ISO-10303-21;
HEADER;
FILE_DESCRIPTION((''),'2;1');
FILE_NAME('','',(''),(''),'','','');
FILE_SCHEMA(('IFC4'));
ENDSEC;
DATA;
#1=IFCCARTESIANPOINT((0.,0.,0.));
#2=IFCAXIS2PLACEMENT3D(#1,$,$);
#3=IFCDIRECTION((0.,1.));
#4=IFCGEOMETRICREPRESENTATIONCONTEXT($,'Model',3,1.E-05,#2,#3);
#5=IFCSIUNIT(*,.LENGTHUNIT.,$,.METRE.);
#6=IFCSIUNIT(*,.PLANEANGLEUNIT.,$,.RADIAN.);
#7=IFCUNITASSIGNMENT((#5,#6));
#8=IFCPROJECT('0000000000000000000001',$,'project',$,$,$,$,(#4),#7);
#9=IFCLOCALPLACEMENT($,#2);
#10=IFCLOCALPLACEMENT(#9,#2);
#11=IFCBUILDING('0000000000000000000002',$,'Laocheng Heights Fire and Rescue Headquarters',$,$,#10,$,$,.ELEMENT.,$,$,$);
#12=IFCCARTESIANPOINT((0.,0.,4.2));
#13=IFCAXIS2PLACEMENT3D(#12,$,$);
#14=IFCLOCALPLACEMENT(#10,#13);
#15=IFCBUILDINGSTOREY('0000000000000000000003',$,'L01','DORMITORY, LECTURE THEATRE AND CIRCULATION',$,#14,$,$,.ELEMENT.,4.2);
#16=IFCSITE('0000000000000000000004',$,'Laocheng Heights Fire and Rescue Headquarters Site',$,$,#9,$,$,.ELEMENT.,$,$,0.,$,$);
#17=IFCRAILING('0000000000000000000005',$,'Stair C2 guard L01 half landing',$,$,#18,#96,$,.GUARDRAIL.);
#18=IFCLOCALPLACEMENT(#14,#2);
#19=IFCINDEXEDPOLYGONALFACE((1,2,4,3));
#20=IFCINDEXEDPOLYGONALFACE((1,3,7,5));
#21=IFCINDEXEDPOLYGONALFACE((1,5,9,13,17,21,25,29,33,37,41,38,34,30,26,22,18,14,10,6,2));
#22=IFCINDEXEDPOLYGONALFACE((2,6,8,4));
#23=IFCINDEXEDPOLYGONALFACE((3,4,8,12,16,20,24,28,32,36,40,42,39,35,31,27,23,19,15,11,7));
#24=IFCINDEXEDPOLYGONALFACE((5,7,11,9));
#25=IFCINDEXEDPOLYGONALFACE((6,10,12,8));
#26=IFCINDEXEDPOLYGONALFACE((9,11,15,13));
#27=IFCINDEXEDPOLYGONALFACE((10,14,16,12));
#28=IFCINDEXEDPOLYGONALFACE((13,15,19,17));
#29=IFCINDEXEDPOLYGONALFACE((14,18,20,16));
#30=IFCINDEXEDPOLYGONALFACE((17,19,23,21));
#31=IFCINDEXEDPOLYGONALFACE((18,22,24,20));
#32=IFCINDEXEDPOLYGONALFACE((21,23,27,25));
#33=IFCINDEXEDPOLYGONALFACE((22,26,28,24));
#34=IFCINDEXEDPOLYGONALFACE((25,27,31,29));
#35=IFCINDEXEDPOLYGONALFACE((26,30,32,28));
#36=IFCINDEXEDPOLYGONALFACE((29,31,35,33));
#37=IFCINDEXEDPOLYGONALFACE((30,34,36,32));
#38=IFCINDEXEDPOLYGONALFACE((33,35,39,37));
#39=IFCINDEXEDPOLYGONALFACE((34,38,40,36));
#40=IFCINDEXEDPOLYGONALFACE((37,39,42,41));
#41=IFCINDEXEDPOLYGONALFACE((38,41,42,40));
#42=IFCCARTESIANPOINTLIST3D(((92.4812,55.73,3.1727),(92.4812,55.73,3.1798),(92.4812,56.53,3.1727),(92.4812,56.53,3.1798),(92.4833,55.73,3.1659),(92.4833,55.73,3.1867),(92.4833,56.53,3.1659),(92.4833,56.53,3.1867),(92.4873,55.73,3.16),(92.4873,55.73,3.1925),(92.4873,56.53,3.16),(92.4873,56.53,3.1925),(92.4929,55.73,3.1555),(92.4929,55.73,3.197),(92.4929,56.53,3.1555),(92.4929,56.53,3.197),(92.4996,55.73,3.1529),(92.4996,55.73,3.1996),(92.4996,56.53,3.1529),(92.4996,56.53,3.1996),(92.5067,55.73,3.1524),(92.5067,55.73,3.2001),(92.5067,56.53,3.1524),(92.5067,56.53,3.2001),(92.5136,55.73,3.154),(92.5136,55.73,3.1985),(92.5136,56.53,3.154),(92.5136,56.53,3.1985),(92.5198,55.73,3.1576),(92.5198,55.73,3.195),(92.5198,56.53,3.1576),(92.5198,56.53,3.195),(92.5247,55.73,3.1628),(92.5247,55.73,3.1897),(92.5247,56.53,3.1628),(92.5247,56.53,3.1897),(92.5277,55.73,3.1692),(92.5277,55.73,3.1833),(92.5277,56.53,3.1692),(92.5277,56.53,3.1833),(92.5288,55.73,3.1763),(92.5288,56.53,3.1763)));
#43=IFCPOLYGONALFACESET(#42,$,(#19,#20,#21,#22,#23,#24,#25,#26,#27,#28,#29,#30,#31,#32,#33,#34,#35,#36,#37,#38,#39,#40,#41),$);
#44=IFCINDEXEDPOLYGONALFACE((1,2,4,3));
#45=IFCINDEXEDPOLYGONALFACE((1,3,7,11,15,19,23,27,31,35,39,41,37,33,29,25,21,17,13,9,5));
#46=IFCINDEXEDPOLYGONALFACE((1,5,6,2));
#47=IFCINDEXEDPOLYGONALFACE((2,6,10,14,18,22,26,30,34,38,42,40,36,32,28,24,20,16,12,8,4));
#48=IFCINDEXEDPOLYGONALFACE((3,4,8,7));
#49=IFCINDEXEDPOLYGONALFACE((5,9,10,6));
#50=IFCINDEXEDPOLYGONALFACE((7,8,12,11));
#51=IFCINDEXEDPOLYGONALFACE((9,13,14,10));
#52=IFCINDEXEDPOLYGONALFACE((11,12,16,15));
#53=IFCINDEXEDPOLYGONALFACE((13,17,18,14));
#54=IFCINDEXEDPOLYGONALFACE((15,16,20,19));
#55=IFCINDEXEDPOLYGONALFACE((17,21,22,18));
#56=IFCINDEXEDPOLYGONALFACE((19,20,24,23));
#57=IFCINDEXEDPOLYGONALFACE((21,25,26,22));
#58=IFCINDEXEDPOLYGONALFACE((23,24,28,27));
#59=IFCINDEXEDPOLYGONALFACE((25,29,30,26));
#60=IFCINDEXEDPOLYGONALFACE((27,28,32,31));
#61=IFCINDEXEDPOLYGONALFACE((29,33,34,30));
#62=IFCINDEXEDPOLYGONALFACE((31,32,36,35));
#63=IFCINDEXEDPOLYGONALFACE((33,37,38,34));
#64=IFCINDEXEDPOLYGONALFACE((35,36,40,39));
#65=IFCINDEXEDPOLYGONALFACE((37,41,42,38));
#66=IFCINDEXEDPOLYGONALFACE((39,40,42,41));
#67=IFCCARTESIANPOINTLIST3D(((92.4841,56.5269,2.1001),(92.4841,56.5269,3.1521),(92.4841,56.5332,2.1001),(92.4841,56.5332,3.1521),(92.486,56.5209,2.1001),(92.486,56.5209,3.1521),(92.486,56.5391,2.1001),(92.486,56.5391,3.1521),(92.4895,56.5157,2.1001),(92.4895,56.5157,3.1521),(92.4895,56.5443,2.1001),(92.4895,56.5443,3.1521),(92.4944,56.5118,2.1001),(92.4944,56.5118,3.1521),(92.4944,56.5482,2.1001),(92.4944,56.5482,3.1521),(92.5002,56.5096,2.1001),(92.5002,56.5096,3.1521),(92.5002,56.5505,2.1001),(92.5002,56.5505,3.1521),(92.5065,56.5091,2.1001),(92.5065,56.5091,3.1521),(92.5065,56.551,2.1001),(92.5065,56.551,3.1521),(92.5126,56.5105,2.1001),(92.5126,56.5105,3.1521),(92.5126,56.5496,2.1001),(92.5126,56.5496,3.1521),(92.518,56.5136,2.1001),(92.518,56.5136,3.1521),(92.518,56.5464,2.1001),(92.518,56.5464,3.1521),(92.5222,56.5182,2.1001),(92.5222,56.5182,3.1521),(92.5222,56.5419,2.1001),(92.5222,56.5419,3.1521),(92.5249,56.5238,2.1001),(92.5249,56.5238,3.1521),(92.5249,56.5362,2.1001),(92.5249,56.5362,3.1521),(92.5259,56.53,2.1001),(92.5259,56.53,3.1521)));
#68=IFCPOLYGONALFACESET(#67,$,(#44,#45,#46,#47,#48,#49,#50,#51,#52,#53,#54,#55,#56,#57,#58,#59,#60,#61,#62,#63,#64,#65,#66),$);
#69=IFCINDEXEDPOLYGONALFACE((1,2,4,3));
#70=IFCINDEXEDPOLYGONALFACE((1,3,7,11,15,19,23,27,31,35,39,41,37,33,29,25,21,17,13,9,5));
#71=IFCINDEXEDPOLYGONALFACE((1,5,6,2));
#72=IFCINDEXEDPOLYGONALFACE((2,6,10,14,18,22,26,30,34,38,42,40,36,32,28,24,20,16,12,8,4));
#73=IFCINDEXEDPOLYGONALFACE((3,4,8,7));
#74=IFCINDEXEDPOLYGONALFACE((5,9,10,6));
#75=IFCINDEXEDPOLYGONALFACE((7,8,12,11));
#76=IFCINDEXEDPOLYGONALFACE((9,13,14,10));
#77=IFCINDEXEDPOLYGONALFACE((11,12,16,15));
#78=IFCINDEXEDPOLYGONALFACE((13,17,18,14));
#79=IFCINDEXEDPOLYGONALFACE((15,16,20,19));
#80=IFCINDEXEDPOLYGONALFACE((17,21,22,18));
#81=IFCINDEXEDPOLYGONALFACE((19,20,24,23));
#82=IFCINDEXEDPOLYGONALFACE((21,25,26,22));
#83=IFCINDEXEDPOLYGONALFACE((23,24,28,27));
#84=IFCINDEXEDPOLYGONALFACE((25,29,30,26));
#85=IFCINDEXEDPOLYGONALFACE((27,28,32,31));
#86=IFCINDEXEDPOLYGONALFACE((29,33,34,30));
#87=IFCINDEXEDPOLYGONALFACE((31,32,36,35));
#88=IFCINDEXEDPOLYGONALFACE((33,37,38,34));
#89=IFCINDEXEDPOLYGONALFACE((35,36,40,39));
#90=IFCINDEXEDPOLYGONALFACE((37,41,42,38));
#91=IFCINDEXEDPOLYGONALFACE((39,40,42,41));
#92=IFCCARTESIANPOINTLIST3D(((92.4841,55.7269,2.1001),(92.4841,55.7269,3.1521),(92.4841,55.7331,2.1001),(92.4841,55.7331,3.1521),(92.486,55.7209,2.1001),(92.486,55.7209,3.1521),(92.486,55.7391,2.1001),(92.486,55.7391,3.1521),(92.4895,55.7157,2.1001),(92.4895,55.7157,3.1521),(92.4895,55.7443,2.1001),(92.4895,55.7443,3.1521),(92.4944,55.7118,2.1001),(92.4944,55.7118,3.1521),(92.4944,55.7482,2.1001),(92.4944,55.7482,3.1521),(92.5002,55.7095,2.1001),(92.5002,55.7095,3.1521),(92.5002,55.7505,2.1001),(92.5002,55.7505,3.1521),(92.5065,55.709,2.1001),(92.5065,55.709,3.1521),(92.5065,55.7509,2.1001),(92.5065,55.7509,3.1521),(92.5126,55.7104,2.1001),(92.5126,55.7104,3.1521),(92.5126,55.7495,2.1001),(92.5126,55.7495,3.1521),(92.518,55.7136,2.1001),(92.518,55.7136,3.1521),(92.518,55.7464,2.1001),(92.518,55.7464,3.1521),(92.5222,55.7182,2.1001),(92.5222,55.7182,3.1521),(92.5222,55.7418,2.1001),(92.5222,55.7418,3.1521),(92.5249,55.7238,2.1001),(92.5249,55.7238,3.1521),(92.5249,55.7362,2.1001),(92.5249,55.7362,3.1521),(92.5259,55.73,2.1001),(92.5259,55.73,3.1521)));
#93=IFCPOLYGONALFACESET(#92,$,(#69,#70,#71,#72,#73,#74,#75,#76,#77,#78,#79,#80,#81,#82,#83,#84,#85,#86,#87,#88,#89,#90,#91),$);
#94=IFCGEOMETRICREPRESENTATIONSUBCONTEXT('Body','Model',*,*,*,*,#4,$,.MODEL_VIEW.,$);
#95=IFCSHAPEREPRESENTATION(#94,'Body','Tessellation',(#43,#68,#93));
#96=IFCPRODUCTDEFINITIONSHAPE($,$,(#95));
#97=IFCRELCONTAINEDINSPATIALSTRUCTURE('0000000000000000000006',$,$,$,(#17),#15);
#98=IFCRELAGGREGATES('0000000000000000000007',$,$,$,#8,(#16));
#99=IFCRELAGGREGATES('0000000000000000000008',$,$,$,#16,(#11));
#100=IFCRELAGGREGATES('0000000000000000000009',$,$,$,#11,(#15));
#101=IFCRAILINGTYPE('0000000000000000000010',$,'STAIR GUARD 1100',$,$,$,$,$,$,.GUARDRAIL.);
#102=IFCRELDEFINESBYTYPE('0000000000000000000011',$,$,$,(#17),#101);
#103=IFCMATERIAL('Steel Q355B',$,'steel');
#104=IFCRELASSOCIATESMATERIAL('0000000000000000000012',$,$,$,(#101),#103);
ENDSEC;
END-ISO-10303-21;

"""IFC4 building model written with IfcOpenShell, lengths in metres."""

from ifc_helpers import new_model, si_unit, direction, frame, origin, origin_2d, place, context, subcontext, project, spatial, circle, extrude, material, type_object, element, save


model = new_model("IFC4")

# Units and contexts
model_context = context("Model", 3, precision=1e-05, world=origin(), true_north=direction((0.0, 1.0)))
body_context = subcontext(model_context, "Body", "Model", "MODEL_VIEW")
ifc_project = project(units=[si_unit("LENGTHUNIT", "METRE"), si_unit("PLANEANGLEUNIT", "RADIAN")], contexts=[model_context])

# Site, building, storey
site_placement = place(None, origin())
site = spatial("IfcSite", under=ifc_project, at=site_placement, Name="Laocheng Heights Fire and Rescue Headquarters Site", CompositionType="ELEMENT", RefElevation=0.0)
building_placement = place(site_placement, origin())
building = spatial("IfcBuilding", under=site, at=building_placement, Name="Laocheng Heights Fire and Rescue Headquarters", CompositionType="ELEMENT")
storey_placement = place(building_placement, frame((0.0, 0.0, 4.2)))
storey = spatial("IfcBuildingStorey", under=building, at=storey_placement, Name="L01", Description="DORMITORY, LECTURE THEATRE AND CIRCULATION", CompositionType="ELEMENT", Elevation=4.2)

# Railing
ifc_material_1 = material(Name="Steel Q355B", Category="steel")
railing_type_1 = type_object("IfcRailingType", Name="STAIR GUARD 1100", PredefinedType="GUARDRAIL", material=ifc_material_1)
railing_1_placement = place(storey_placement, frame((92.5049, 56.53, 2.1001)))
element("IfcRailing", 1, at=railing_1_placement, inside=storey, type_object=railing_type_1, Name="Stair C2 guard L01 half landing", PredefinedType="GUARDRAIL", context=body_context, shape_type="SweptSolid", body=[
    extrude(circle(Radius=0.0239, at=origin_2d()), frame((0.0, 0.0, 1.0762), z_axis=(0.0, -1.0, 0.0), x_axis=(1.0, 0.0, 0.0)), (0.0, 0.0, 1.0), 0.8),
    extrude(circle(Radius=0.021, at=origin_2d()), origin(), (0.0, 0.0, 1.0), 1.052),
    extrude(circle(Radius=0.021, at=origin_2d()), frame((0.0, -0.8, 0.0)), (0.0, 0.0, 1.0), 1.052),
])

save(model, "model.ifc")
